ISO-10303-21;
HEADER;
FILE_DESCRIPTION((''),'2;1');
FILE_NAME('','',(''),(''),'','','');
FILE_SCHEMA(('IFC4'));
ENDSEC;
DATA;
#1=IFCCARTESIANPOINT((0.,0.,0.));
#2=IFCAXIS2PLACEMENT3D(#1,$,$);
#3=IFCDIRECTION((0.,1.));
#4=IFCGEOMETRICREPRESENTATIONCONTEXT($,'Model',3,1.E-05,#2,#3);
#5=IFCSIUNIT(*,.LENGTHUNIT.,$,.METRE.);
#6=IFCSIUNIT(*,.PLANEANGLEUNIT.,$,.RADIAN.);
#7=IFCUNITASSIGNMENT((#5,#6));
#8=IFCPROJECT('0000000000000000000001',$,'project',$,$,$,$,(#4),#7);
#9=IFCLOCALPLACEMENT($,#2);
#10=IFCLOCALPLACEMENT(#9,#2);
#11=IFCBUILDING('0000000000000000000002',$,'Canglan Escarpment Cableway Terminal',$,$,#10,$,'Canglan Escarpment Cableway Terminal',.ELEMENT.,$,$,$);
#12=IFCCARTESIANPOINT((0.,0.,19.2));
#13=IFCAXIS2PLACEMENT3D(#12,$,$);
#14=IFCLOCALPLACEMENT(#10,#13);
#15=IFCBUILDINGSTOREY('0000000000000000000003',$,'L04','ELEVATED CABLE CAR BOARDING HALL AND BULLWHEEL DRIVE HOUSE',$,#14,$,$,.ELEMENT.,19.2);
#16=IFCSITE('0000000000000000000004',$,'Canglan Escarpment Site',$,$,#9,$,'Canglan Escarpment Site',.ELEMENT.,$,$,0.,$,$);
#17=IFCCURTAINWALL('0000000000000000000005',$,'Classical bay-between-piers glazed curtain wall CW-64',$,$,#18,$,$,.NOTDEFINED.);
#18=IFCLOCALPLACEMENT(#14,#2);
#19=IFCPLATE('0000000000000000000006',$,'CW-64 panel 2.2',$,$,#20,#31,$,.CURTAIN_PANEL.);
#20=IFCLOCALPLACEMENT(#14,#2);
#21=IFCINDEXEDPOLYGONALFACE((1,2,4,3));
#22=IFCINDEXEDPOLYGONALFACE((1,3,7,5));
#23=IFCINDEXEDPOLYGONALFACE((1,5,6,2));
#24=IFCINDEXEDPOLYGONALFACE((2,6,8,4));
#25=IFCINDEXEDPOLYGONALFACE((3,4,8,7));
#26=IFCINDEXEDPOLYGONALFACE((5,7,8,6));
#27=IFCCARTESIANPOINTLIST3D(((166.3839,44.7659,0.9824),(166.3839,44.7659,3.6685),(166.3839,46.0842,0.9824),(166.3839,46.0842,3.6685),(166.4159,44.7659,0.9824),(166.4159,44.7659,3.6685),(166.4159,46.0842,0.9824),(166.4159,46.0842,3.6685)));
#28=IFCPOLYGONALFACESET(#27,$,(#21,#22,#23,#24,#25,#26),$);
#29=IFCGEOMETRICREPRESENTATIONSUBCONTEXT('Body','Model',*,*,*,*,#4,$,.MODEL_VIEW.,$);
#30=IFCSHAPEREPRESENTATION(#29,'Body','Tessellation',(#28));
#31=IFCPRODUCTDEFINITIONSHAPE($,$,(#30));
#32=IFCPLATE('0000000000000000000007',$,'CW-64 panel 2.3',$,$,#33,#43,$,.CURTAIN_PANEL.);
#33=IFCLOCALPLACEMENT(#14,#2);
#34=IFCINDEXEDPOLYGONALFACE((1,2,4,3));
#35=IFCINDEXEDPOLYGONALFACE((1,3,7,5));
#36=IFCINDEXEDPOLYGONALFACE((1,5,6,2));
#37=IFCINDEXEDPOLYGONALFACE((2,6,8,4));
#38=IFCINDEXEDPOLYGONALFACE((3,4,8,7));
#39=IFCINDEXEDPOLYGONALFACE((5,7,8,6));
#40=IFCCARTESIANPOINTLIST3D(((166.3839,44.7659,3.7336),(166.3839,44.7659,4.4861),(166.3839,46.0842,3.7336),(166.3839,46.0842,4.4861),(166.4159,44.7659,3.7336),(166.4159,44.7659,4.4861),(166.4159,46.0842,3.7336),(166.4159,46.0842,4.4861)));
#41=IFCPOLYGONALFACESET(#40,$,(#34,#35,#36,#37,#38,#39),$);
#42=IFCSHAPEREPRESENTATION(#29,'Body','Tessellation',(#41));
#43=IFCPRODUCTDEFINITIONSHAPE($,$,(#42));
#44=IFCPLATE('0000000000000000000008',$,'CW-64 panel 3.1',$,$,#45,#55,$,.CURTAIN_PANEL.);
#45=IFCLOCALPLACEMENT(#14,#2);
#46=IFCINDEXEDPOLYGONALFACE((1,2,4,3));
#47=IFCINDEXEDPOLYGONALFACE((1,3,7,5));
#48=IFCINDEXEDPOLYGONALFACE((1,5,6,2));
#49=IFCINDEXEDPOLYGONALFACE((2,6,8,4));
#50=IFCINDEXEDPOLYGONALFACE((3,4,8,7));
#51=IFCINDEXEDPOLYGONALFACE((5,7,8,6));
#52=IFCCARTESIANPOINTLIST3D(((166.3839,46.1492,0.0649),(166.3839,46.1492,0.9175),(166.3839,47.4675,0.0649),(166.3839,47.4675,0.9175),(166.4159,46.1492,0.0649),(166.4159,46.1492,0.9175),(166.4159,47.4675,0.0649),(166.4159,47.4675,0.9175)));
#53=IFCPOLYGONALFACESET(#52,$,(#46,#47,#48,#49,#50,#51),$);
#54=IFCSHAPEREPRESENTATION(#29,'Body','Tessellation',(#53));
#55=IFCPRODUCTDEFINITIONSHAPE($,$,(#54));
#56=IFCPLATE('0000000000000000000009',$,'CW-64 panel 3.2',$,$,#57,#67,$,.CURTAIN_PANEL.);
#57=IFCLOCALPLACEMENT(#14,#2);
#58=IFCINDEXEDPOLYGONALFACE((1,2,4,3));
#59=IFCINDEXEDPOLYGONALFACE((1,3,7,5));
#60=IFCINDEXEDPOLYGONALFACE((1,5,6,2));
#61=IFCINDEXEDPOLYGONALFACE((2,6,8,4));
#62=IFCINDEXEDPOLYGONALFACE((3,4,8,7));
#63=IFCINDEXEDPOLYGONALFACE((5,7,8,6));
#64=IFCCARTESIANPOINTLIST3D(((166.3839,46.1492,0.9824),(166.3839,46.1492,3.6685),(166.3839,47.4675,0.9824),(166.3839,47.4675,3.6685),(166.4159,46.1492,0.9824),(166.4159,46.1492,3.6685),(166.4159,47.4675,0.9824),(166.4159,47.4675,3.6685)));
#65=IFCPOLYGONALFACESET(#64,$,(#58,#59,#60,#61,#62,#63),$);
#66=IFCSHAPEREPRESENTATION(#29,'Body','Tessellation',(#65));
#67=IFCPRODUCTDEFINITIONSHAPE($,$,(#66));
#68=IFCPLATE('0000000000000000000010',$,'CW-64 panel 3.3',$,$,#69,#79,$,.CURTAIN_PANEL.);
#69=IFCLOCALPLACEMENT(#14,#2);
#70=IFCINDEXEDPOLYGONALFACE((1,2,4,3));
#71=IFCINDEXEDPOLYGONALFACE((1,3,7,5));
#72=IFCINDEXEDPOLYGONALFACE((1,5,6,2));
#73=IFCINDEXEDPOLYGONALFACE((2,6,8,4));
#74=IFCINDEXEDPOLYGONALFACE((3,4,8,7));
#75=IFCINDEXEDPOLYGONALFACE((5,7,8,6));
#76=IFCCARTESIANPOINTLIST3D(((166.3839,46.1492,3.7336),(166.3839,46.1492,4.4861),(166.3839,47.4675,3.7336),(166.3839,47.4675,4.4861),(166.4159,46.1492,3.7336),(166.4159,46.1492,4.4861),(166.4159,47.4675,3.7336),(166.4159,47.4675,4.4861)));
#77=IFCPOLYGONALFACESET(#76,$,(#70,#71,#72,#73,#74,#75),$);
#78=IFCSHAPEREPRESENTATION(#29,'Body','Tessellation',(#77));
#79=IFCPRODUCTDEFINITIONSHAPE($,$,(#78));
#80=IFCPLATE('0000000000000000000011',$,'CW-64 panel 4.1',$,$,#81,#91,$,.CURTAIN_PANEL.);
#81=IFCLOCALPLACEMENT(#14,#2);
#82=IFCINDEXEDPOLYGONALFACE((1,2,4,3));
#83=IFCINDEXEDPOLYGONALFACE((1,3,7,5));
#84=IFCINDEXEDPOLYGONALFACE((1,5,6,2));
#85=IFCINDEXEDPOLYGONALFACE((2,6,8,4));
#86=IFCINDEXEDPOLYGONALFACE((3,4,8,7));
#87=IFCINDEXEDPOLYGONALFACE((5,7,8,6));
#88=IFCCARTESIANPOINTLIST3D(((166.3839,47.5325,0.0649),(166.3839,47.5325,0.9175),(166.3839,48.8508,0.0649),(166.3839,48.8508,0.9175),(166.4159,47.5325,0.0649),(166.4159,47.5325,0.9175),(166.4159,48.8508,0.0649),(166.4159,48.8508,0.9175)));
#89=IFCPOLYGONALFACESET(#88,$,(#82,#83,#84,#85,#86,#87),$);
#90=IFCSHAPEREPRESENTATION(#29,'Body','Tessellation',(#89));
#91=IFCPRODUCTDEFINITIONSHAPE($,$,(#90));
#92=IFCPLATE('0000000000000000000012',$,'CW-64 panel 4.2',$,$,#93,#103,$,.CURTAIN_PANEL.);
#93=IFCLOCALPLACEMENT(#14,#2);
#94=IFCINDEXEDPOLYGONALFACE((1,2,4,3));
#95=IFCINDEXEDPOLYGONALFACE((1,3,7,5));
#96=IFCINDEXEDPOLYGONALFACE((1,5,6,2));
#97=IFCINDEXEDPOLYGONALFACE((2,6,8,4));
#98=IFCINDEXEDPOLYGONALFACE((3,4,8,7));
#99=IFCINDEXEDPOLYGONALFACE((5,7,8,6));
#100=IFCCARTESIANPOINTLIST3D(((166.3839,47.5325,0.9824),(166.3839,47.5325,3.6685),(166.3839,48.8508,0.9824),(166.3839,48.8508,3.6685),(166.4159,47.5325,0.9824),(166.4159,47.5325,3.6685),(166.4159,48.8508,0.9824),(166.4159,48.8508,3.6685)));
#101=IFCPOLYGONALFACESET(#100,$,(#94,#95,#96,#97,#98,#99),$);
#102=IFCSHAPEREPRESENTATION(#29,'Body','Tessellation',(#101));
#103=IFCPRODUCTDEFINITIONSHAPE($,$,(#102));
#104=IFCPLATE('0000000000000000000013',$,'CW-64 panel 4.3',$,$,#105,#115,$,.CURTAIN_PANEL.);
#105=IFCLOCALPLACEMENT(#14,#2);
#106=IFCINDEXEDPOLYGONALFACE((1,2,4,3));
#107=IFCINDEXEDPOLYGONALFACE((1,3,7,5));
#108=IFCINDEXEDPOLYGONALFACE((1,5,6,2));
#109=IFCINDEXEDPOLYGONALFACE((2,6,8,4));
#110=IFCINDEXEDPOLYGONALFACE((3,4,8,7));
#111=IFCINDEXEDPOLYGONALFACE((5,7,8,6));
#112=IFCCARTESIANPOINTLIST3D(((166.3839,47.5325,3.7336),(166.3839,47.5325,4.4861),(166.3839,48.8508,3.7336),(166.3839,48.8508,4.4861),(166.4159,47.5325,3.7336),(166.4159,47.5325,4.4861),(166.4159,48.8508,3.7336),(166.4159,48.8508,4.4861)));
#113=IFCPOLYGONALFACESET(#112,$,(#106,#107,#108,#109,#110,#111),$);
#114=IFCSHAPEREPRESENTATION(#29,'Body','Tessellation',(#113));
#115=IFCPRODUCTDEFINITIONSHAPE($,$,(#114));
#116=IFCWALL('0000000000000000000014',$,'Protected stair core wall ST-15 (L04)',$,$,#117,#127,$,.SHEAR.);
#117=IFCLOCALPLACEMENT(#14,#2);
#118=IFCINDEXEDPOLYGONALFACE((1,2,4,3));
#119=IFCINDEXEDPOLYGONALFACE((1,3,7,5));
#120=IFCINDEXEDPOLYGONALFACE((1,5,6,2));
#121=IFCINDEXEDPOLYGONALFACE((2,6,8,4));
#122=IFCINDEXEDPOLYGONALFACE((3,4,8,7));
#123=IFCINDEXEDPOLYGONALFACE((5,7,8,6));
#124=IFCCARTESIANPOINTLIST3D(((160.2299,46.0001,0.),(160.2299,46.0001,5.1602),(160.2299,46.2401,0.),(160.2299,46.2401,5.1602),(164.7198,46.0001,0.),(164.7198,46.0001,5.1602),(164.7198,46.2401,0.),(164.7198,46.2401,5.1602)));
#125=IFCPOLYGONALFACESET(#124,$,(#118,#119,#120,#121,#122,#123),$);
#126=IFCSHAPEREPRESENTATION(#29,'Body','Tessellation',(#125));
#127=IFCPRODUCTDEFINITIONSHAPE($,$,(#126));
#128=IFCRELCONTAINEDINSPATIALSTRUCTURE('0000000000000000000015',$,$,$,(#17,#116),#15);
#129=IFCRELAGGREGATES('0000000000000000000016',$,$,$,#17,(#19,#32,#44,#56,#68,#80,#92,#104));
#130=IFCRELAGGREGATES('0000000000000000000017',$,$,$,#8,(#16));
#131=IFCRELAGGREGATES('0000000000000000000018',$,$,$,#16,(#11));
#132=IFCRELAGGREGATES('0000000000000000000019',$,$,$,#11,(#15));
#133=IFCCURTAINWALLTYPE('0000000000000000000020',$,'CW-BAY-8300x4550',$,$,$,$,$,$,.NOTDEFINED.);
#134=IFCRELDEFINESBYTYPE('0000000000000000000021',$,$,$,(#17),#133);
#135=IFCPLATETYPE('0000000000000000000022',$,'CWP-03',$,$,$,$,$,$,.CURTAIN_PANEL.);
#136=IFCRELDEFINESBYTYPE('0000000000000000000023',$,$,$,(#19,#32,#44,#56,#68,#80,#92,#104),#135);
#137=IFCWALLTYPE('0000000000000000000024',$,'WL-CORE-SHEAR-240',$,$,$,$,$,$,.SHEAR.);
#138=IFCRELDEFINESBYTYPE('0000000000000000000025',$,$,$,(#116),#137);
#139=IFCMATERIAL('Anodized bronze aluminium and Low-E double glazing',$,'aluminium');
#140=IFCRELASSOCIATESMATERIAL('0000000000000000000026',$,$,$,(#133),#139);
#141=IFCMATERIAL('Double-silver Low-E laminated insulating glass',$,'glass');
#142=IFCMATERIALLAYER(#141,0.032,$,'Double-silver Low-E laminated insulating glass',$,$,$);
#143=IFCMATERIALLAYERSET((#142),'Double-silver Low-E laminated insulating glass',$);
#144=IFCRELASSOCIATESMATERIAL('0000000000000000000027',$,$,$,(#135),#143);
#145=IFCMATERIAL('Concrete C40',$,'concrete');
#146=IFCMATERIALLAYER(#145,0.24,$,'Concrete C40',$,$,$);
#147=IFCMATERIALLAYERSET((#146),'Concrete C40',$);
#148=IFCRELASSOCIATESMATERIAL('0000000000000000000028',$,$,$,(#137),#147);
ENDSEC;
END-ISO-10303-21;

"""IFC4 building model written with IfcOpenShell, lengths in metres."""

from ifc_helpers import new_model, si_unit, direction, frame, frame_2d, origin, origin_2d, place, context, subcontext, project, spatial, rectangle, extrude, material, layer, layer_set, type_object, element, aggregate, save


model = new_model("IFC4")

# Units and contexts
model_context = context("Model", 3, precision=1e-05, world=origin(), true_north=direction((0.0, 1.0)))
body_context = subcontext(model_context, "Body", "Model", "MODEL_VIEW")
ifc_project = project(units=[si_unit("LENGTHUNIT", "METRE"), si_unit("PLANEANGLEUNIT", "RADIAN")], contexts=[model_context])

# Site, building, storey
site_placement = place(None, origin())
site = spatial("IfcSite", under=ifc_project, at=site_placement, Name="Canglan Escarpment Site", LongName="Canglan Escarpment Site", CompositionType="ELEMENT", RefElevation=0.0)
building_placement = place(site_placement, origin())
building = spatial("IfcBuilding", under=site, at=building_placement, Name="Canglan Escarpment Cableway Terminal", LongName="Canglan Escarpment Cableway Terminal", CompositionType="ELEMENT")
storey_placement = place(building_placement, frame((0.0, 0.0, 19.2)))
storey = spatial("IfcBuildingStorey", under=building, at=storey_placement, Name="L04", Description="ELEVATED CABLE CAR BOARDING HALL AND BULLWHEEL DRIVE HOUSE", CompositionType="ELEMENT", Elevation=19.2)

# Curtain wall, plates
ifc_material_1 = material(Name="Anodized bronze aluminium and Low-E double glazing", Category="aluminium")
curtain_wall_type = type_object("IfcCurtainWallType", Name="CW-BAY-8300x4550", PredefinedType="NOTDEFINED", material=ifc_material_1)
curtain_wall_placement = place(storey_placement, origin())
curtain_wall = element("IfcCurtainWall", 1, at=curtain_wall_placement, inside=storey, type_object=curtain_wall_type, Name="Classical bay-between-piers glazed curtain wall CW-64", PredefinedType="NOTDEFINED")
ifc_material_2 = material(Name="Double-silver Low-E laminated insulating glass", Category="glass")
ifc_layer_1 = layer(ifc_material_2, 0.032, Name="Double-silver Low-E laminated insulating glass")
ifc_layer_set_1 = layer_set([ifc_layer_1], Name="Double-silver Low-E laminated insulating glass")
plate_type = type_object("IfcPlateType", Name="CWP-03", PredefinedType="CURTAIN_PANEL", material=ifc_layer_set_1)
plate_1_placement = place(storey_placement, frame((166.3999, 45.425, 0.9824), z_axis=(0.0, 0.0, 1.0), x_axis=(0.0, 1.0, 0.0)))
plate_1 = element("IfcPlate", 2, at=plate_1_placement, type_object=plate_type, Name="CW-64 panel 2.2", PredefinedType="CURTAIN_PANEL", context=body_context, shape_type="SweptSolid", body=[
    extrude(rectangle(XDim=1.3184, YDim=0.032, at=origin_2d()), origin(), (0.0, 0.0, 1.0), 2.686),
])
plate_2_placement = place(storey_placement, frame((166.3999, 45.425, 3.7336), z_axis=(0.0, 0.0, 1.0), x_axis=(0.0, 1.0, 0.0)))
plate_2 = element("IfcPlate", 3, at=plate_2_placement, type_object=plate_type, Name="CW-64 panel 2.3", PredefinedType="CURTAIN_PANEL", context=body_context, shape_type="SweptSolid", body=[
    extrude(rectangle(XDim=1.3184, YDim=0.032, at=origin_2d()), origin(), (0.0, 0.0, 1.0), 0.7524),
])
plate_3_placement = place(storey_placement, frame((166.3999, 46.8083, 0.0649), z_axis=(0.0, 0.0, 1.0), x_axis=(0.0, 1.0, 0.0)))
plate_3 = element("IfcPlate", 4, at=plate_3_placement, type_object=plate_type, Name="CW-64 panel 3.1", PredefinedType="CURTAIN_PANEL", context=body_context, shape_type="SweptSolid", body=[
    extrude(rectangle(XDim=1.3184, YDim=0.032, at=origin_2d()), origin(), (0.0, 0.0, 1.0), 0.8525),
])
plate_4_placement = place(storey_placement, frame((166.3999, 46.8083, 0.9824), z_axis=(0.0, 0.0, 1.0), x_axis=(0.0, 1.0, 0.0)))
plate_4 = element("IfcPlate", 5, at=plate_4_placement, type_object=plate_type, Name="CW-64 panel 3.2", PredefinedType="CURTAIN_PANEL", context=body_context, shape_type="SweptSolid", body=[
    extrude(rectangle(XDim=1.3184, YDim=0.032, at=origin_2d()), origin(), (0.0, 0.0, 1.0), 2.686),
])
plate_5_placement = place(storey_placement, frame((166.3999, 46.8083, 3.7336), z_axis=(0.0, 0.0, 1.0), x_axis=(0.0, 1.0, 0.0)))
plate_5 = element("IfcPlate", 6, at=plate_5_placement, type_object=plate_type, Name="CW-64 panel 3.3", PredefinedType="CURTAIN_PANEL", context=body_context, shape_type="SweptSolid", body=[
    extrude(rectangle(XDim=1.3184, YDim=0.032, at=origin_2d()), origin(), (0.0, 0.0, 1.0), 0.7524),
])
plate_6_placement = place(storey_placement, frame((166.3999, 48.1917, 0.0649), z_axis=(0.0, 0.0, 1.0), x_axis=(0.0, 1.0, 0.0)))
plate_6 = element("IfcPlate", 7, at=plate_6_placement, type_object=plate_type, Name="CW-64 panel 4.1", PredefinedType="CURTAIN_PANEL", context=body_context, shape_type="SweptSolid", body=[
    extrude(rectangle(XDim=1.3184, YDim=0.032, at=origin_2d()), origin(), (0.0, 0.0, 1.0), 0.8525),
])
plate_7_placement = place(storey_placement, frame((166.3999, 48.1917, 0.9824), z_axis=(0.0, 0.0, 1.0), x_axis=(0.0, 1.0, 0.0)))
plate_7 = element("IfcPlate", 8, at=plate_7_placement, type_object=plate_type, Name="CW-64 panel 4.2", PredefinedType="CURTAIN_PANEL", context=body_context, shape_type="SweptSolid", body=[
    extrude(rectangle(XDim=1.3184, YDim=0.032, at=origin_2d()), origin(), (0.0, 0.0, 1.0), 2.686),
])
plate_8_placement = place(storey_placement, frame((166.3999, 48.1917, 3.7336), z_axis=(0.0, 0.0, 1.0), x_axis=(0.0, 1.0, 0.0)))
plate_8 = element("IfcPlate", 9, at=plate_8_placement, type_object=plate_type, Name="CW-64 panel 4.3", PredefinedType="CURTAIN_PANEL", context=body_context, shape_type="SweptSolid", body=[
    extrude(rectangle(XDim=1.3184, YDim=0.032, at=origin_2d()), origin(), (0.0, 0.0, 1.0), 0.7524),
])
aggregate(curtain_wall, [plate_1, plate_2, plate_3, plate_4, plate_5, plate_6, plate_7, plate_8])

# Wall
ifc_material_3 = material(Name="Concrete C40", Category="concrete")
ifc_layer_2 = layer(ifc_material_3, 0.24, Name="Concrete C40")
ifc_layer_set_2 = layer_set([ifc_layer_2], Name="Concrete C40")
wall_type = type_object("IfcWallType", Name="WL-CORE-SHEAR-240", PredefinedType="SHEAR", material=ifc_layer_set_2)
wall_placement = place(storey_placement, frame((164.72, 46.1201, 0.0), z_axis=(0.0, 0.0, 1.0), x_axis=(-1.0, 0.0, 0.0)))
element("IfcWall", 10, at=wall_placement, inside=storey, type_object=wall_type, Name="Protected stair core wall ST-15 (L04)", PredefinedType="SHEAR", context=body_context, shape_type="SweptSolid", body=[
    extrude(rectangle(XDim=4.49, YDim=0.24, at=frame_2d((2.2451, 0.0))), origin(), (0.0, 0.0, 1.0), 5.1602),
])

save(model, "model.ifc")
